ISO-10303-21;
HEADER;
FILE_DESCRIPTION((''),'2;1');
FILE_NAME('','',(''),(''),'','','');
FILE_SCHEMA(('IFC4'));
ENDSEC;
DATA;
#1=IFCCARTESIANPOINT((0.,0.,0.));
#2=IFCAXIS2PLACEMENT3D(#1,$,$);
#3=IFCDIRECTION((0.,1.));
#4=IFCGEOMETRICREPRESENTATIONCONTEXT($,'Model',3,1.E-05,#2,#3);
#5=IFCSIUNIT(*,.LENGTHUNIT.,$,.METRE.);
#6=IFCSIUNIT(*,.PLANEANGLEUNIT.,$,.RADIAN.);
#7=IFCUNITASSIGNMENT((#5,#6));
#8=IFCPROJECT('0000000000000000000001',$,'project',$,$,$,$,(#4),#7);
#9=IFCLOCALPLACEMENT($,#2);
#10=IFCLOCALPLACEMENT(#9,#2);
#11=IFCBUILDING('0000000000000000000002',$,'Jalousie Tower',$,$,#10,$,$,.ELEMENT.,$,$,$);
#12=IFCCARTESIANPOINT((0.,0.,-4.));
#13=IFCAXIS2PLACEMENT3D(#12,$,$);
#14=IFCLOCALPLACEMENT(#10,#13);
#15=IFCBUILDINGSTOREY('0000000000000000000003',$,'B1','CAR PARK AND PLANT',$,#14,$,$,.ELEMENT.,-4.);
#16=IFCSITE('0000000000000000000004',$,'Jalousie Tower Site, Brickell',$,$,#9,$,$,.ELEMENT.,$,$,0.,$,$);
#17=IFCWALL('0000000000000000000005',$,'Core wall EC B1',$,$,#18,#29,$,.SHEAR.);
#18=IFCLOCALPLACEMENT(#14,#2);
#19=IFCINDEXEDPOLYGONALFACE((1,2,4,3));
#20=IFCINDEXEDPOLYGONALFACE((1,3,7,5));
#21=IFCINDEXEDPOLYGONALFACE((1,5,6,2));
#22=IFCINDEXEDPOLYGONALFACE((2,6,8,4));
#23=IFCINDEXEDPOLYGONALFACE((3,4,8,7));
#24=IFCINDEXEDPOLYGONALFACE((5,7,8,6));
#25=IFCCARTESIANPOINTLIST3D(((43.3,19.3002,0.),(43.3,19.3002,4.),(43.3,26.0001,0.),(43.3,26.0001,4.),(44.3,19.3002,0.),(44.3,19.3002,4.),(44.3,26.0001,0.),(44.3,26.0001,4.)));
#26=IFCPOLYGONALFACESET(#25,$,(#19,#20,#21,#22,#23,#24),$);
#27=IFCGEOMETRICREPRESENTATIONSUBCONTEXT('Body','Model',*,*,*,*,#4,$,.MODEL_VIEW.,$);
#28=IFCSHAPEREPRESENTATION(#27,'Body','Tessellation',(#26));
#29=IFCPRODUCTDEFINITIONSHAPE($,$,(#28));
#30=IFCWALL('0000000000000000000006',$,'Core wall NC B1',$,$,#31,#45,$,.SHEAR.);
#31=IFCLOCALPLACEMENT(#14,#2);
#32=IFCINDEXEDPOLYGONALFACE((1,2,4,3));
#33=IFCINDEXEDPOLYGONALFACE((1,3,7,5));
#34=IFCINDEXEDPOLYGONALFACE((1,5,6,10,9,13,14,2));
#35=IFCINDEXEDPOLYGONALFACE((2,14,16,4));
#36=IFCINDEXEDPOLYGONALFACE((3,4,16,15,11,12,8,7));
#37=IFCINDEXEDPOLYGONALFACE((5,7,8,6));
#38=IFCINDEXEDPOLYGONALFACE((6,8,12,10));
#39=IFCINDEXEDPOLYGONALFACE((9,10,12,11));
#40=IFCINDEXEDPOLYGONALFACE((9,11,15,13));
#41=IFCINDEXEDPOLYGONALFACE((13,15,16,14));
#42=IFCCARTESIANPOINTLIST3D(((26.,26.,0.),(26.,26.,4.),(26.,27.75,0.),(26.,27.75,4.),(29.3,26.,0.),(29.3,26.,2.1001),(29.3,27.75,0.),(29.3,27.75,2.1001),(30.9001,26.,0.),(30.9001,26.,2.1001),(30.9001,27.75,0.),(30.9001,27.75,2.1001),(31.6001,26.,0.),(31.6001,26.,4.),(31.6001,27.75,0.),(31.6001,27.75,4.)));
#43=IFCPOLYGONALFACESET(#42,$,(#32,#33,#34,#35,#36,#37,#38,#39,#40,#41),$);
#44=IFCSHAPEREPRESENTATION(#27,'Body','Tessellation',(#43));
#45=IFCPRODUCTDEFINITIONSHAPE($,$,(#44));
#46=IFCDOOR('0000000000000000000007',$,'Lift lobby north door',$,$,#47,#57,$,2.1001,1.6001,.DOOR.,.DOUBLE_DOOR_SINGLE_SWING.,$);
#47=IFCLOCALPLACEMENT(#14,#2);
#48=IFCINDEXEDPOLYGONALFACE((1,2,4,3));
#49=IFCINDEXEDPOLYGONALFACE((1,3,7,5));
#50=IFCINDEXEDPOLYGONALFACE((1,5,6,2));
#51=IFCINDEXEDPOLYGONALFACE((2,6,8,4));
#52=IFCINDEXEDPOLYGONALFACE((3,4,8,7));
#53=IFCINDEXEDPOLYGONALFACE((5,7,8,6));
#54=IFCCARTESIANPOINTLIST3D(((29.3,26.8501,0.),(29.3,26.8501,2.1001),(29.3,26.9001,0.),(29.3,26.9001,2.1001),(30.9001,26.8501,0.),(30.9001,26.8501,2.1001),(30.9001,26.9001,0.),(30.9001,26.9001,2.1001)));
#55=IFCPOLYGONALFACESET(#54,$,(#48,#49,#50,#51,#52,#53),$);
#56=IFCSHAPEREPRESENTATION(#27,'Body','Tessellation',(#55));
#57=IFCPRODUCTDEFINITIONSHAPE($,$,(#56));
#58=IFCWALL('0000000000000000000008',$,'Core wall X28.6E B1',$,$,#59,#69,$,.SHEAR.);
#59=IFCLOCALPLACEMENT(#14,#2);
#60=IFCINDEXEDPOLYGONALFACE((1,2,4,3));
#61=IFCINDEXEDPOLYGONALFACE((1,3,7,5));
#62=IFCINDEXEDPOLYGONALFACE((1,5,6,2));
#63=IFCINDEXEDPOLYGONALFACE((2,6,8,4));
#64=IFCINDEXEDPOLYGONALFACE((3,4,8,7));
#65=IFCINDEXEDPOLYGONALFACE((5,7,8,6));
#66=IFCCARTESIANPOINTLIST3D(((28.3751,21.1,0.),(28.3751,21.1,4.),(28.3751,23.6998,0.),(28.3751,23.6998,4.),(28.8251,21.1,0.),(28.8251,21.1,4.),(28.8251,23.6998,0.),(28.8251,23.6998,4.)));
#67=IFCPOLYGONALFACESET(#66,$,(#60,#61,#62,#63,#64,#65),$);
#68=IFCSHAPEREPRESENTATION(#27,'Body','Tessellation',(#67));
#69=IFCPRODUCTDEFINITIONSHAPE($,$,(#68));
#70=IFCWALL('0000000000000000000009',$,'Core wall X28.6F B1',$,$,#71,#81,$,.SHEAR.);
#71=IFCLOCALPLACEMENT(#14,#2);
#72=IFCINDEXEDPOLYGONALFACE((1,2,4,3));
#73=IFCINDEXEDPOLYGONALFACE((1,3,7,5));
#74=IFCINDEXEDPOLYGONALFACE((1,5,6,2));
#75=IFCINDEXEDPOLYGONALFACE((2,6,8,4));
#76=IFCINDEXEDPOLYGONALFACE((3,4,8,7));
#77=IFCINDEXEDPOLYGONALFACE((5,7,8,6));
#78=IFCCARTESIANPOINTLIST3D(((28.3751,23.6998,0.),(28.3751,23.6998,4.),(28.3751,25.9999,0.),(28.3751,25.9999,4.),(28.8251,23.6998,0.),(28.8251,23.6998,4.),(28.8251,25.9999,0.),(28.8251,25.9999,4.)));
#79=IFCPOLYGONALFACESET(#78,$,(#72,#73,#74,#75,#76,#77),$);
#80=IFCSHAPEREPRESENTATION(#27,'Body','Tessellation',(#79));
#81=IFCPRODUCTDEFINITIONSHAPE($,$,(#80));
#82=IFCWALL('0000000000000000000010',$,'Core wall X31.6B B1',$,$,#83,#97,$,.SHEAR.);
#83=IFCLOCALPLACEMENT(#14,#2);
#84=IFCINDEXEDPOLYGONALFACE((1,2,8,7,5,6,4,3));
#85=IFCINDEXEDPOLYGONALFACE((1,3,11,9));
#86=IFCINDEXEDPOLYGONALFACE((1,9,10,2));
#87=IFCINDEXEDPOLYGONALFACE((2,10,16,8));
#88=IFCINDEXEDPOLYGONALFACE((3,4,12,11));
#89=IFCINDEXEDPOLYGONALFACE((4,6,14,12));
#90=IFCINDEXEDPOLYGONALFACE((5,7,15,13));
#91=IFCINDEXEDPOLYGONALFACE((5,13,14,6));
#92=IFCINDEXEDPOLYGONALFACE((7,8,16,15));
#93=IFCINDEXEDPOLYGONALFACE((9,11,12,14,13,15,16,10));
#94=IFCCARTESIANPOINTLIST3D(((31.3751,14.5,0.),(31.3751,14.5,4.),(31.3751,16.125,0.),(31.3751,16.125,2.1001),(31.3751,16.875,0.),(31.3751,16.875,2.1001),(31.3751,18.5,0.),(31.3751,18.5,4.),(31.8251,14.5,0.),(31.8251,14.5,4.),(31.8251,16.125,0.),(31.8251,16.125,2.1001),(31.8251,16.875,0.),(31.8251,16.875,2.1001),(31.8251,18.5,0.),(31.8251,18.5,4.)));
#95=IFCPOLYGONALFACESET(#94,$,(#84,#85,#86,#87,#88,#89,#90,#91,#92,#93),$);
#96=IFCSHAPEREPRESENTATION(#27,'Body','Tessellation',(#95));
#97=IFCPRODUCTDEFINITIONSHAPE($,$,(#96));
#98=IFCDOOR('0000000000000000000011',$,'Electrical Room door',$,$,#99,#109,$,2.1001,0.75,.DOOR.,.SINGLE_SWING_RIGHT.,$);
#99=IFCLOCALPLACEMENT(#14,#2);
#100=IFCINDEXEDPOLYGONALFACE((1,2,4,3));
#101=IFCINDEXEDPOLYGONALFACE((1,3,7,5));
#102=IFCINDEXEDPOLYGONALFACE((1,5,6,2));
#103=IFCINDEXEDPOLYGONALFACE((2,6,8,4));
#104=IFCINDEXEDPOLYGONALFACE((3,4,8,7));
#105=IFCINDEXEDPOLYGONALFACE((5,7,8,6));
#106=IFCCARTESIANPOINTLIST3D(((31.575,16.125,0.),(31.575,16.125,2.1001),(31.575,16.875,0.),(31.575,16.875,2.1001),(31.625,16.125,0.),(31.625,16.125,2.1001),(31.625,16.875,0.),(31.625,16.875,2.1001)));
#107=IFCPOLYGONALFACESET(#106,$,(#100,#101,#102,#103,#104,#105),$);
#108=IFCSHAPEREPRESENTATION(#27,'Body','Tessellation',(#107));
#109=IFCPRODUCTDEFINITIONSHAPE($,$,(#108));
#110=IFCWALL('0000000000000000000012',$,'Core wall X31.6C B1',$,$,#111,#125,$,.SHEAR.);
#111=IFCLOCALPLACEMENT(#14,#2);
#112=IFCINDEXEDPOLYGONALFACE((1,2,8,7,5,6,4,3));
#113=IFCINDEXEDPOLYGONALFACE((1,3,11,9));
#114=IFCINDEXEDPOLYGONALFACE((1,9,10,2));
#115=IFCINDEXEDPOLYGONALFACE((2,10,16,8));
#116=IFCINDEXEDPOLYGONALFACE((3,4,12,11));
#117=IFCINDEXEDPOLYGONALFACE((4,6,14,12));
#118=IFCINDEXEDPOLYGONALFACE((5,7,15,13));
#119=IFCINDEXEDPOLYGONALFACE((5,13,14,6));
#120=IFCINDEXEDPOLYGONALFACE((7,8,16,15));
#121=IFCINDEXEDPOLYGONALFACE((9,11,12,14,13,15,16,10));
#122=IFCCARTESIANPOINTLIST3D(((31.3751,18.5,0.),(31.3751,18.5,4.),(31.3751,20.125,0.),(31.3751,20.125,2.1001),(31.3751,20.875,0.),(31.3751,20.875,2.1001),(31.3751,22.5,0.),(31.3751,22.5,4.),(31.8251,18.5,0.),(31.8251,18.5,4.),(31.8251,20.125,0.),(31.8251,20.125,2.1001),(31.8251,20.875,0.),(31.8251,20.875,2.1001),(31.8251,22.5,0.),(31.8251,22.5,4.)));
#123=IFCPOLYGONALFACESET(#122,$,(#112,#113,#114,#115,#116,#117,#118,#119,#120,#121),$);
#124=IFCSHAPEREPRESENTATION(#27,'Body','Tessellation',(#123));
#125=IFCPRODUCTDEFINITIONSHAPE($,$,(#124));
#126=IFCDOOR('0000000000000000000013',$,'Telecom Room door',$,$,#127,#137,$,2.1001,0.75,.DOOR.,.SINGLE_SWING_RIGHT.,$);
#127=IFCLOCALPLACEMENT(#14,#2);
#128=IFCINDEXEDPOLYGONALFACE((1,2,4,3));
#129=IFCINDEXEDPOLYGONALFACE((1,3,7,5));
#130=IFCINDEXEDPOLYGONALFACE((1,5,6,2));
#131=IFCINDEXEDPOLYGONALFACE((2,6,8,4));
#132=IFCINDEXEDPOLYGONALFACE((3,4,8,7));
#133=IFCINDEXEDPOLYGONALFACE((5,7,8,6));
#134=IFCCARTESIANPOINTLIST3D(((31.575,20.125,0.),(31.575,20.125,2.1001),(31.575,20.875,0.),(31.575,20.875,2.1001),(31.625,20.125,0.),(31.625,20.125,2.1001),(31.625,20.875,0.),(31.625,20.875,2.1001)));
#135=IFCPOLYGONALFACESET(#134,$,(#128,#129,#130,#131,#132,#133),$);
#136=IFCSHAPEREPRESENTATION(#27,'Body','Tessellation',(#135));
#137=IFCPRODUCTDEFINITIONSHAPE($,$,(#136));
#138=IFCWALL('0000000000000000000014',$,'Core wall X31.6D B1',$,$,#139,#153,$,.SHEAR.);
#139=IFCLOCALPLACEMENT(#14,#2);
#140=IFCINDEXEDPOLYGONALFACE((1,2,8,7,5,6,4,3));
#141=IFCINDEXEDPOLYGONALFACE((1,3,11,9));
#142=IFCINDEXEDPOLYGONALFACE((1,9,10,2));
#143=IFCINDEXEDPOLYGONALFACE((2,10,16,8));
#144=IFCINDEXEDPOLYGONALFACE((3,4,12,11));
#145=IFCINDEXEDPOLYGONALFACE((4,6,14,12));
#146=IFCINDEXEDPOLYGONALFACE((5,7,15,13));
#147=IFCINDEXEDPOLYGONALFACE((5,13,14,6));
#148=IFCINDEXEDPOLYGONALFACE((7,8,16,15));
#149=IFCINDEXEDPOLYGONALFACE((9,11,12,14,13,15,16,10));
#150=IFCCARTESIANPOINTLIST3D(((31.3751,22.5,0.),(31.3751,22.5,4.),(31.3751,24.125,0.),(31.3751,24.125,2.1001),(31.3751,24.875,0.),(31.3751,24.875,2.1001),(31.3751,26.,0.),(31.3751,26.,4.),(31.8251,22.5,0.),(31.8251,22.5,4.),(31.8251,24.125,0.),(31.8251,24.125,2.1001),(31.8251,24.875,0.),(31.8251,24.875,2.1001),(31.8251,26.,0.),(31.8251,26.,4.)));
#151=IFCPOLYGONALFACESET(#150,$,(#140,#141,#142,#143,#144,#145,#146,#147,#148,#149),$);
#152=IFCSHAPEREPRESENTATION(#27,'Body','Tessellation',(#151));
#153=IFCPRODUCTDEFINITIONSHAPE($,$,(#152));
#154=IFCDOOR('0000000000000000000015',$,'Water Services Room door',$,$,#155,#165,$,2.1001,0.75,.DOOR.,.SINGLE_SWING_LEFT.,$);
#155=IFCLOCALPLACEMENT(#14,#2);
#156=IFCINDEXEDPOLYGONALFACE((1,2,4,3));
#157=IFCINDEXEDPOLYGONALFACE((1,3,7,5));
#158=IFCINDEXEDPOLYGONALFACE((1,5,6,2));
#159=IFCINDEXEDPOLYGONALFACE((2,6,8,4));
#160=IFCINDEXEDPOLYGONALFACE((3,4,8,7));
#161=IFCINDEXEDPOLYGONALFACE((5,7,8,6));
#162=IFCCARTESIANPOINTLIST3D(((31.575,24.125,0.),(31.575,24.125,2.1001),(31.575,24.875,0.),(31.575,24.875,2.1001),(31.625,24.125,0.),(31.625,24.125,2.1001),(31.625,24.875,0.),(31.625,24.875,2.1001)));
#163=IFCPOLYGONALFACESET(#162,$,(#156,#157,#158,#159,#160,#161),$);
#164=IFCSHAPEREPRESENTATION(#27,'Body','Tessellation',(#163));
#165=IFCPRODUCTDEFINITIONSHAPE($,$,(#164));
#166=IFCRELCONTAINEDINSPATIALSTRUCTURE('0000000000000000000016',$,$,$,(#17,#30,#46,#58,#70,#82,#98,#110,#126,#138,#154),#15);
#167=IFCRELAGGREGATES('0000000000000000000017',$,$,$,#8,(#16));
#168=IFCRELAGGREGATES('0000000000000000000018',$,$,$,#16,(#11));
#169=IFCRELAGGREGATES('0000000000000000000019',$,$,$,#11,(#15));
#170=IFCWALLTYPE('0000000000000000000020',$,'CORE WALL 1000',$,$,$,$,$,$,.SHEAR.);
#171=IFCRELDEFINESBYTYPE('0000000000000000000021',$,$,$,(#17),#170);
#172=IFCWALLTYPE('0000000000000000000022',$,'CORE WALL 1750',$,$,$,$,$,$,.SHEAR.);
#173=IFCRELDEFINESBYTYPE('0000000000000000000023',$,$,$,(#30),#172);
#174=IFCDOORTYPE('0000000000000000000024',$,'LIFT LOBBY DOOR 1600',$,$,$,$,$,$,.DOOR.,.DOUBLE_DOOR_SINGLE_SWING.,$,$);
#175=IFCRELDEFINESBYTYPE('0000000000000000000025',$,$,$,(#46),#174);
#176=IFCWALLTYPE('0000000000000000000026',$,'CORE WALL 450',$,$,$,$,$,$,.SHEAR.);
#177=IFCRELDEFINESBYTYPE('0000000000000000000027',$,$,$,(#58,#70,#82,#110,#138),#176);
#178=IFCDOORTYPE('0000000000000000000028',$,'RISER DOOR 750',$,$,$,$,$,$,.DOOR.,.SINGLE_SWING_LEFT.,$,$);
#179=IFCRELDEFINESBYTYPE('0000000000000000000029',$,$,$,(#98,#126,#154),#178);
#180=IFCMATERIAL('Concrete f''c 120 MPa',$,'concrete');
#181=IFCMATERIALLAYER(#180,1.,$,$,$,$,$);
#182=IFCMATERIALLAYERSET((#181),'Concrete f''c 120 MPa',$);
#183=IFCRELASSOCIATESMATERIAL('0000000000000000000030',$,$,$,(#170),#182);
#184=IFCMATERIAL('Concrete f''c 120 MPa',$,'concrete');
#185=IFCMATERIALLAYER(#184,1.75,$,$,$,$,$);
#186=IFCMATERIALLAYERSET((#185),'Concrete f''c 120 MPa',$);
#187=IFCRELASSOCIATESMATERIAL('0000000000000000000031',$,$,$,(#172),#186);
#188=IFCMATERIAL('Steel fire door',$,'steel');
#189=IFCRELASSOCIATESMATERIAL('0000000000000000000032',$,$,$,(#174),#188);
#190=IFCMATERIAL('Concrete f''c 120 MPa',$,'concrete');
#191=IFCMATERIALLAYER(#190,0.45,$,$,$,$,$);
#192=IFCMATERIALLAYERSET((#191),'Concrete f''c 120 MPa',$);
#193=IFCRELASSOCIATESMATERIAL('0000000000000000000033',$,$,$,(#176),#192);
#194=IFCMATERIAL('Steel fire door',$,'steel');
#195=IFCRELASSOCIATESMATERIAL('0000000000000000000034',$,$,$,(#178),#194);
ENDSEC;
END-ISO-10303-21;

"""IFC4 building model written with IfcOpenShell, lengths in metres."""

from ifc_helpers import new_model, si_unit, direction, frame, frame_2d, origin, place, context, subcontext, project, spatial, rectangle, extrude, material, layer, layer_set, type_object, element, fill, save


model = new_model("IFC4")

# Units and contexts
model_context = context("Model", 3, precision=1e-05, world=origin(), true_north=direction((0.0, 1.0)))
body_context = subcontext(model_context, "Body", "Model", "MODEL_VIEW")
ifc_project = project(units=[si_unit("LENGTHUNIT", "METRE"), si_unit("PLANEANGLEUNIT", "RADIAN")], contexts=[model_context])

# Site, building, storey
site_placement = place(None, origin())
site = spatial("IfcSite", under=ifc_project, at=site_placement, Name="Jalousie Tower Site, Brickell", CompositionType="ELEMENT", RefElevation=0.0)
building_placement = place(site_placement, origin())
building = spatial("IfcBuilding", under=site, at=building_placement, Name="Jalousie Tower", CompositionType="ELEMENT")
storey_placement = place(building_placement, frame((0.0, 0.0, -4.0)))
storey = spatial("IfcBuildingStorey", under=building, at=storey_placement, Name="B1", Description="CAR PARK AND PLANT", CompositionType="ELEMENT", Elevation=-4.0)

# Wall
ifc_material_1 = material(Name="Concrete f'c 120 MPa", Category="concrete")
ifc_layer_1 = layer(ifc_material_1, 1.0)
ifc_layer_set_1 = layer_set([ifc_layer_1], Name="Concrete f'c 120 MPa")
wall_type_1 = type_object("IfcWallType", Name="CORE WALL 1000", PredefinedType="SHEAR", material=ifc_layer_set_1)
wall_1_placement = place(storey_placement, frame((43.8, 19.3, 0.0), z_axis=(0.0, 0.0, 1.0), x_axis=(0.0, 1.0, 0.0)))
element("IfcWall", 1, at=wall_1_placement, inside=storey, type_object=wall_type_1, Name="Core wall EC B1", PredefinedType="SHEAR", context=body_context, shape_type="SweptSolid", body=[
    extrude(rectangle(XDim=6.7, YDim=1.0, at=frame_2d((3.3501, 0.0))), origin(), (0.0, 0.0, 1.0), 4.0),
])

# Wall, opening, door
ifc_material_2 = material(Name="Concrete f'c 120 MPa", Category="concrete")
ifc_layer_2 = layer(ifc_material_2, 1.75)
ifc_layer_set_2 = layer_set([ifc_layer_2], Name="Concrete f'c 120 MPa")
wall_type_2 = type_object("IfcWallType", Name="CORE WALL 1750", PredefinedType="SHEAR", material=ifc_layer_set_2)
wall_2_placement = place(storey_placement, frame((31.6001, 26.875, 0.0), z_axis=(0.0, 0.0, 1.0), x_axis=(-1.0, 0.0, 0.0)))
wall_2 = element("IfcWall", 2, at=wall_2_placement, inside=storey, type_object=wall_type_2, Name="Core wall NC B1", PredefinedType="SHEAR", context=body_context, shape_type="SweptSolid", body=[
    extrude(rectangle(XDim=5.6001, YDim=1.75, at=frame_2d((2.8, 0.0))), origin(), (0.0, 0.0, 1.0), 4.0),
])
opening_1_placement = place(wall_2_placement, frame((0.7, 0.0, 0.0)))
opening_1 = element("IfcOpeningElement", 3, at=opening_1_placement, cuts=wall_2, PredefinedType="OPENING", context=body_context, shape_type="SweptSolid", body=[
    extrude(rectangle(XDim=1.6001, YDim=2.1001, at=frame_2d((0.8, 1.05))), frame((0.0, 0.885, 0.0), z_axis=(0.0, -1.0, 0.0), x_axis=(1.0, 0.0, 0.0)), (0.0, 0.0, 1.0), 1.77),
])
ifc_material_3 = material(Name="Steel fire door", Category="steel")
door_type_1 = type_object("IfcDoorType", Name="LIFT LOBBY DOOR 1600", OperationType="DOUBLE_DOOR_SINGLE_SWING", PredefinedType="DOOR", material=ifc_material_3)
door_1_placement = place(opening_1_placement, origin())
door_1 = element("IfcDoor", 4, at=door_1_placement, inside=storey, type_object=door_type_1, Name="Lift lobby north door", OperationType="DOUBLE_DOOR_SINGLE_SWING", OverallHeight=2.1001, OverallWidth=1.6001, PredefinedType="DOOR", context=body_context, shape_type="SweptSolid", body=[
    extrude(rectangle(XDim=1.6001, YDim=2.1001, at=frame_2d((0.8, 1.05))), frame((0.0, 0.0249, 0.0), z_axis=(0.0, -1.0, 0.0), x_axis=(1.0, 0.0, 0.0)), (0.0, 0.0, 1.0), 0.05),
])
fill(opening_1, door_1)

# Walls
ifc_material_4 = material(Name="Concrete f'c 120 MPa", Category="concrete")
ifc_layer_3 = layer(ifc_material_4, 0.45)
ifc_layer_set_3 = layer_set([ifc_layer_3], Name="Concrete f'c 120 MPa")
wall_type_3 = type_object("IfcWallType", Name="CORE WALL 450", PredefinedType="SHEAR", material=ifc_layer_set_3)
wall_3_placement = place(storey_placement, frame((28.6001, 21.1001, 0.0), z_axis=(0.0, 0.0, 1.0), x_axis=(0.0, 1.0, 0.0)))
element("IfcWall", 5, at=wall_3_placement, inside=storey, type_object=wall_type_3, Name="Core wall X28.6E B1", PredefinedType="SHEAR", context=body_context, shape_type="SweptSolid", body=[
    extrude(rectangle(XDim=2.5999, YDim=0.45, at=frame_2d((1.2998, 0.0))), origin(), (0.0, 0.0, 1.0), 4.0),
])
wall_4_placement = place(storey_placement, frame((28.6001, 23.7, 0.0), z_axis=(0.0, 0.0, 1.0), x_axis=(0.0, 1.0, 0.0)))
element("IfcWall", 6, at=wall_4_placement, inside=storey, type_object=wall_type_3, Name="Core wall X28.6F B1", PredefinedType="SHEAR", context=body_context, shape_type="SweptSolid", body=[
    extrude(rectangle(XDim=2.3, YDim=0.45, at=frame_2d((1.1499, 0.0))), origin(), (0.0, 0.0, 1.0), 4.0),
])

# Walls, openings, doors
wall_5_placement = place(storey_placement, frame((31.6001, 14.5, 0.0), z_axis=(0.0, 0.0, 1.0), x_axis=(0.0, 1.0, 0.0)))
wall_5 = element("IfcWall", 7, at=wall_5_placement, inside=storey, type_object=wall_type_3, Name="Core wall X31.6B B1", PredefinedType="SHEAR", context=body_context, shape_type="SweptSolid", body=[
    extrude(rectangle(XDim=4.0, YDim=0.45, at=frame_2d((2.0, 0.0))), origin(), (0.0, 0.0, 1.0), 4.0),
])
opening_2_placement = place(wall_5_placement, frame((1.625, 0.0, 0.0)))
opening_2 = element("IfcOpeningElement", 8, at=opening_2_placement, cuts=wall_5, PredefinedType="OPENING", context=body_context, shape_type="SweptSolid", body=[
    extrude(rectangle(XDim=0.75, YDim=2.1001, at=frame_2d((0.375, 1.05))), frame((0.0, 0.2349, 0.0), z_axis=(0.0, -1.0, 0.0), x_axis=(1.0, 0.0, 0.0)), (0.0, 0.0, 1.0), 0.47),
])
ifc_material_5 = material(Name="Steel fire door", Category="steel")
door_type_2 = type_object("IfcDoorType", Name="RISER DOOR 750", OperationType="SINGLE_SWING_LEFT", PredefinedType="DOOR", material=ifc_material_5)
door_2_placement = place(opening_2_placement, frame((0.75, 0.0, 0.0), z_axis=(0.0, 0.0, 1.0), x_axis=(-1.0, 0.0, 0.0)))
door_2 = element("IfcDoor", 9, at=door_2_placement, inside=storey, type_object=door_type_2, Name="Electrical Room door", OperationType="SINGLE_SWING_RIGHT", OverallHeight=2.1001, OverallWidth=0.75, PredefinedType="DOOR", context=body_context, shape_type="SweptSolid", body=[
    extrude(rectangle(XDim=0.75, YDim=2.1001, at=frame_2d((0.375, 1.05))), frame((0.0, 0.0249, 0.0), z_axis=(0.0, -1.0, 0.0), x_axis=(1.0, 0.0, 0.0)), (0.0, 0.0, 1.0), 0.05),
])
fill(opening_2, door_2)
wall_6_placement = place(storey_placement, frame((31.6001, 18.5, 0.0), z_axis=(0.0, 0.0, 1.0), x_axis=(0.0, 1.0, 0.0)))
wall_6 = element("IfcWall", 10, at=wall_6_placement, inside=storey, type_object=wall_type_3, Name="Core wall X31.6C B1", PredefinedType="SHEAR", context=body_context, shape_type="SweptSolid", body=[
    extrude(rectangle(XDim=4.0, YDim=0.45, at=frame_2d((2.0, 0.0))), origin(), (0.0, 0.0, 1.0), 4.0),
])
opening_3_placement = place(wall_6_placement, frame((1.625, 0.0, 0.0)))
opening_3 = element("IfcOpeningElement", 11, at=opening_3_placement, cuts=wall_6, PredefinedType="OPENING", context=body_context, shape_type="SweptSolid", body=[
    extrude(rectangle(XDim=0.75, YDim=2.1001, at=frame_2d((0.375, 1.05))), frame((0.0, 0.2349, 0.0), z_axis=(0.0, -1.0, 0.0), x_axis=(1.0, 0.0, 0.0)), (0.0, 0.0, 1.0), 0.47),
])
door_3_placement = place(opening_3_placement, frame((0.75, 0.0, 0.0), z_axis=(0.0, 0.0, 1.0), x_axis=(-1.0, 0.0, 0.0)))
door_3 = element("IfcDoor", 12, at=door_3_placement, inside=storey, type_object=door_type_2, Name="Telecom Room door", OperationType="SINGLE_SWING_RIGHT", OverallHeight=2.1001, OverallWidth=0.75, PredefinedType="DOOR", context=body_context, shape_type="SweptSolid", body=[
    extrude(rectangle(XDim=0.75, YDim=2.1001, at=frame_2d((0.375, 1.05))), frame((0.0, 0.0249, 0.0), z_axis=(0.0, -1.0, 0.0), x_axis=(1.0, 0.0, 0.0)), (0.0, 0.0, 1.0), 0.05),
])
fill(opening_3, door_3)
wall_7_placement = place(storey_placement, frame((31.6001, 22.5, 0.0), z_axis=(0.0, 0.0, 1.0), x_axis=(0.0, 1.0, 0.0)))
wall_7 = element("IfcWall", 13, at=wall_7_placement, inside=storey, type_object=wall_type_3, Name="Core wall X31.6D B1", PredefinedType="SHEAR", context=body_context, shape_type="SweptSolid", body=[
    extrude(rectangle(XDim=3.5, YDim=0.45, at=frame_2d((1.75, 0.0))), origin(), (0.0, 0.0, 1.0), 4.0),
])
opening_4_placement = place(wall_7_placement, frame((1.625, 0.0, 0.0)))
opening_4 = element("IfcOpeningElement", 14, at=opening_4_placement, cuts=wall_7, PredefinedType="OPENING", context=body_context, shape_type="SweptSolid", body=[
    extrude(rectangle(XDim=0.75, YDim=2.1001, at=frame_2d((0.375, 1.05))), frame((0.0, 0.2349, 0.0), z_axis=(0.0, -1.0, 0.0), x_axis=(1.0, 0.0, 0.0)), (0.0, 0.0, 1.0), 0.47),
])
door_4_placement = place(opening_4_placement, frame((0.75, 0.0, 0.0), z_axis=(0.0, 0.0, 1.0), x_axis=(-1.0, 0.0, 0.0)))
door_4 = element("IfcDoor", 15, at=door_4_placement, inside=storey, type_object=door_type_2, Name="Water Services Room door", OperationType="SINGLE_SWING_LEFT", OverallHeight=2.1001, OverallWidth=0.75, PredefinedType="DOOR", context=body_context, shape_type="SweptSolid", body=[
    extrude(rectangle(XDim=0.75, YDim=2.1001, at=frame_2d((0.375, 1.05))), frame((0.0, 0.0249, 0.0), z_axis=(0.0, -1.0, 0.0), x_axis=(1.0, 0.0, 0.0)), (0.0, 0.0, 1.0), 0.05),
])
fill(opening_4, door_4)

save(model, "model.ifc")
